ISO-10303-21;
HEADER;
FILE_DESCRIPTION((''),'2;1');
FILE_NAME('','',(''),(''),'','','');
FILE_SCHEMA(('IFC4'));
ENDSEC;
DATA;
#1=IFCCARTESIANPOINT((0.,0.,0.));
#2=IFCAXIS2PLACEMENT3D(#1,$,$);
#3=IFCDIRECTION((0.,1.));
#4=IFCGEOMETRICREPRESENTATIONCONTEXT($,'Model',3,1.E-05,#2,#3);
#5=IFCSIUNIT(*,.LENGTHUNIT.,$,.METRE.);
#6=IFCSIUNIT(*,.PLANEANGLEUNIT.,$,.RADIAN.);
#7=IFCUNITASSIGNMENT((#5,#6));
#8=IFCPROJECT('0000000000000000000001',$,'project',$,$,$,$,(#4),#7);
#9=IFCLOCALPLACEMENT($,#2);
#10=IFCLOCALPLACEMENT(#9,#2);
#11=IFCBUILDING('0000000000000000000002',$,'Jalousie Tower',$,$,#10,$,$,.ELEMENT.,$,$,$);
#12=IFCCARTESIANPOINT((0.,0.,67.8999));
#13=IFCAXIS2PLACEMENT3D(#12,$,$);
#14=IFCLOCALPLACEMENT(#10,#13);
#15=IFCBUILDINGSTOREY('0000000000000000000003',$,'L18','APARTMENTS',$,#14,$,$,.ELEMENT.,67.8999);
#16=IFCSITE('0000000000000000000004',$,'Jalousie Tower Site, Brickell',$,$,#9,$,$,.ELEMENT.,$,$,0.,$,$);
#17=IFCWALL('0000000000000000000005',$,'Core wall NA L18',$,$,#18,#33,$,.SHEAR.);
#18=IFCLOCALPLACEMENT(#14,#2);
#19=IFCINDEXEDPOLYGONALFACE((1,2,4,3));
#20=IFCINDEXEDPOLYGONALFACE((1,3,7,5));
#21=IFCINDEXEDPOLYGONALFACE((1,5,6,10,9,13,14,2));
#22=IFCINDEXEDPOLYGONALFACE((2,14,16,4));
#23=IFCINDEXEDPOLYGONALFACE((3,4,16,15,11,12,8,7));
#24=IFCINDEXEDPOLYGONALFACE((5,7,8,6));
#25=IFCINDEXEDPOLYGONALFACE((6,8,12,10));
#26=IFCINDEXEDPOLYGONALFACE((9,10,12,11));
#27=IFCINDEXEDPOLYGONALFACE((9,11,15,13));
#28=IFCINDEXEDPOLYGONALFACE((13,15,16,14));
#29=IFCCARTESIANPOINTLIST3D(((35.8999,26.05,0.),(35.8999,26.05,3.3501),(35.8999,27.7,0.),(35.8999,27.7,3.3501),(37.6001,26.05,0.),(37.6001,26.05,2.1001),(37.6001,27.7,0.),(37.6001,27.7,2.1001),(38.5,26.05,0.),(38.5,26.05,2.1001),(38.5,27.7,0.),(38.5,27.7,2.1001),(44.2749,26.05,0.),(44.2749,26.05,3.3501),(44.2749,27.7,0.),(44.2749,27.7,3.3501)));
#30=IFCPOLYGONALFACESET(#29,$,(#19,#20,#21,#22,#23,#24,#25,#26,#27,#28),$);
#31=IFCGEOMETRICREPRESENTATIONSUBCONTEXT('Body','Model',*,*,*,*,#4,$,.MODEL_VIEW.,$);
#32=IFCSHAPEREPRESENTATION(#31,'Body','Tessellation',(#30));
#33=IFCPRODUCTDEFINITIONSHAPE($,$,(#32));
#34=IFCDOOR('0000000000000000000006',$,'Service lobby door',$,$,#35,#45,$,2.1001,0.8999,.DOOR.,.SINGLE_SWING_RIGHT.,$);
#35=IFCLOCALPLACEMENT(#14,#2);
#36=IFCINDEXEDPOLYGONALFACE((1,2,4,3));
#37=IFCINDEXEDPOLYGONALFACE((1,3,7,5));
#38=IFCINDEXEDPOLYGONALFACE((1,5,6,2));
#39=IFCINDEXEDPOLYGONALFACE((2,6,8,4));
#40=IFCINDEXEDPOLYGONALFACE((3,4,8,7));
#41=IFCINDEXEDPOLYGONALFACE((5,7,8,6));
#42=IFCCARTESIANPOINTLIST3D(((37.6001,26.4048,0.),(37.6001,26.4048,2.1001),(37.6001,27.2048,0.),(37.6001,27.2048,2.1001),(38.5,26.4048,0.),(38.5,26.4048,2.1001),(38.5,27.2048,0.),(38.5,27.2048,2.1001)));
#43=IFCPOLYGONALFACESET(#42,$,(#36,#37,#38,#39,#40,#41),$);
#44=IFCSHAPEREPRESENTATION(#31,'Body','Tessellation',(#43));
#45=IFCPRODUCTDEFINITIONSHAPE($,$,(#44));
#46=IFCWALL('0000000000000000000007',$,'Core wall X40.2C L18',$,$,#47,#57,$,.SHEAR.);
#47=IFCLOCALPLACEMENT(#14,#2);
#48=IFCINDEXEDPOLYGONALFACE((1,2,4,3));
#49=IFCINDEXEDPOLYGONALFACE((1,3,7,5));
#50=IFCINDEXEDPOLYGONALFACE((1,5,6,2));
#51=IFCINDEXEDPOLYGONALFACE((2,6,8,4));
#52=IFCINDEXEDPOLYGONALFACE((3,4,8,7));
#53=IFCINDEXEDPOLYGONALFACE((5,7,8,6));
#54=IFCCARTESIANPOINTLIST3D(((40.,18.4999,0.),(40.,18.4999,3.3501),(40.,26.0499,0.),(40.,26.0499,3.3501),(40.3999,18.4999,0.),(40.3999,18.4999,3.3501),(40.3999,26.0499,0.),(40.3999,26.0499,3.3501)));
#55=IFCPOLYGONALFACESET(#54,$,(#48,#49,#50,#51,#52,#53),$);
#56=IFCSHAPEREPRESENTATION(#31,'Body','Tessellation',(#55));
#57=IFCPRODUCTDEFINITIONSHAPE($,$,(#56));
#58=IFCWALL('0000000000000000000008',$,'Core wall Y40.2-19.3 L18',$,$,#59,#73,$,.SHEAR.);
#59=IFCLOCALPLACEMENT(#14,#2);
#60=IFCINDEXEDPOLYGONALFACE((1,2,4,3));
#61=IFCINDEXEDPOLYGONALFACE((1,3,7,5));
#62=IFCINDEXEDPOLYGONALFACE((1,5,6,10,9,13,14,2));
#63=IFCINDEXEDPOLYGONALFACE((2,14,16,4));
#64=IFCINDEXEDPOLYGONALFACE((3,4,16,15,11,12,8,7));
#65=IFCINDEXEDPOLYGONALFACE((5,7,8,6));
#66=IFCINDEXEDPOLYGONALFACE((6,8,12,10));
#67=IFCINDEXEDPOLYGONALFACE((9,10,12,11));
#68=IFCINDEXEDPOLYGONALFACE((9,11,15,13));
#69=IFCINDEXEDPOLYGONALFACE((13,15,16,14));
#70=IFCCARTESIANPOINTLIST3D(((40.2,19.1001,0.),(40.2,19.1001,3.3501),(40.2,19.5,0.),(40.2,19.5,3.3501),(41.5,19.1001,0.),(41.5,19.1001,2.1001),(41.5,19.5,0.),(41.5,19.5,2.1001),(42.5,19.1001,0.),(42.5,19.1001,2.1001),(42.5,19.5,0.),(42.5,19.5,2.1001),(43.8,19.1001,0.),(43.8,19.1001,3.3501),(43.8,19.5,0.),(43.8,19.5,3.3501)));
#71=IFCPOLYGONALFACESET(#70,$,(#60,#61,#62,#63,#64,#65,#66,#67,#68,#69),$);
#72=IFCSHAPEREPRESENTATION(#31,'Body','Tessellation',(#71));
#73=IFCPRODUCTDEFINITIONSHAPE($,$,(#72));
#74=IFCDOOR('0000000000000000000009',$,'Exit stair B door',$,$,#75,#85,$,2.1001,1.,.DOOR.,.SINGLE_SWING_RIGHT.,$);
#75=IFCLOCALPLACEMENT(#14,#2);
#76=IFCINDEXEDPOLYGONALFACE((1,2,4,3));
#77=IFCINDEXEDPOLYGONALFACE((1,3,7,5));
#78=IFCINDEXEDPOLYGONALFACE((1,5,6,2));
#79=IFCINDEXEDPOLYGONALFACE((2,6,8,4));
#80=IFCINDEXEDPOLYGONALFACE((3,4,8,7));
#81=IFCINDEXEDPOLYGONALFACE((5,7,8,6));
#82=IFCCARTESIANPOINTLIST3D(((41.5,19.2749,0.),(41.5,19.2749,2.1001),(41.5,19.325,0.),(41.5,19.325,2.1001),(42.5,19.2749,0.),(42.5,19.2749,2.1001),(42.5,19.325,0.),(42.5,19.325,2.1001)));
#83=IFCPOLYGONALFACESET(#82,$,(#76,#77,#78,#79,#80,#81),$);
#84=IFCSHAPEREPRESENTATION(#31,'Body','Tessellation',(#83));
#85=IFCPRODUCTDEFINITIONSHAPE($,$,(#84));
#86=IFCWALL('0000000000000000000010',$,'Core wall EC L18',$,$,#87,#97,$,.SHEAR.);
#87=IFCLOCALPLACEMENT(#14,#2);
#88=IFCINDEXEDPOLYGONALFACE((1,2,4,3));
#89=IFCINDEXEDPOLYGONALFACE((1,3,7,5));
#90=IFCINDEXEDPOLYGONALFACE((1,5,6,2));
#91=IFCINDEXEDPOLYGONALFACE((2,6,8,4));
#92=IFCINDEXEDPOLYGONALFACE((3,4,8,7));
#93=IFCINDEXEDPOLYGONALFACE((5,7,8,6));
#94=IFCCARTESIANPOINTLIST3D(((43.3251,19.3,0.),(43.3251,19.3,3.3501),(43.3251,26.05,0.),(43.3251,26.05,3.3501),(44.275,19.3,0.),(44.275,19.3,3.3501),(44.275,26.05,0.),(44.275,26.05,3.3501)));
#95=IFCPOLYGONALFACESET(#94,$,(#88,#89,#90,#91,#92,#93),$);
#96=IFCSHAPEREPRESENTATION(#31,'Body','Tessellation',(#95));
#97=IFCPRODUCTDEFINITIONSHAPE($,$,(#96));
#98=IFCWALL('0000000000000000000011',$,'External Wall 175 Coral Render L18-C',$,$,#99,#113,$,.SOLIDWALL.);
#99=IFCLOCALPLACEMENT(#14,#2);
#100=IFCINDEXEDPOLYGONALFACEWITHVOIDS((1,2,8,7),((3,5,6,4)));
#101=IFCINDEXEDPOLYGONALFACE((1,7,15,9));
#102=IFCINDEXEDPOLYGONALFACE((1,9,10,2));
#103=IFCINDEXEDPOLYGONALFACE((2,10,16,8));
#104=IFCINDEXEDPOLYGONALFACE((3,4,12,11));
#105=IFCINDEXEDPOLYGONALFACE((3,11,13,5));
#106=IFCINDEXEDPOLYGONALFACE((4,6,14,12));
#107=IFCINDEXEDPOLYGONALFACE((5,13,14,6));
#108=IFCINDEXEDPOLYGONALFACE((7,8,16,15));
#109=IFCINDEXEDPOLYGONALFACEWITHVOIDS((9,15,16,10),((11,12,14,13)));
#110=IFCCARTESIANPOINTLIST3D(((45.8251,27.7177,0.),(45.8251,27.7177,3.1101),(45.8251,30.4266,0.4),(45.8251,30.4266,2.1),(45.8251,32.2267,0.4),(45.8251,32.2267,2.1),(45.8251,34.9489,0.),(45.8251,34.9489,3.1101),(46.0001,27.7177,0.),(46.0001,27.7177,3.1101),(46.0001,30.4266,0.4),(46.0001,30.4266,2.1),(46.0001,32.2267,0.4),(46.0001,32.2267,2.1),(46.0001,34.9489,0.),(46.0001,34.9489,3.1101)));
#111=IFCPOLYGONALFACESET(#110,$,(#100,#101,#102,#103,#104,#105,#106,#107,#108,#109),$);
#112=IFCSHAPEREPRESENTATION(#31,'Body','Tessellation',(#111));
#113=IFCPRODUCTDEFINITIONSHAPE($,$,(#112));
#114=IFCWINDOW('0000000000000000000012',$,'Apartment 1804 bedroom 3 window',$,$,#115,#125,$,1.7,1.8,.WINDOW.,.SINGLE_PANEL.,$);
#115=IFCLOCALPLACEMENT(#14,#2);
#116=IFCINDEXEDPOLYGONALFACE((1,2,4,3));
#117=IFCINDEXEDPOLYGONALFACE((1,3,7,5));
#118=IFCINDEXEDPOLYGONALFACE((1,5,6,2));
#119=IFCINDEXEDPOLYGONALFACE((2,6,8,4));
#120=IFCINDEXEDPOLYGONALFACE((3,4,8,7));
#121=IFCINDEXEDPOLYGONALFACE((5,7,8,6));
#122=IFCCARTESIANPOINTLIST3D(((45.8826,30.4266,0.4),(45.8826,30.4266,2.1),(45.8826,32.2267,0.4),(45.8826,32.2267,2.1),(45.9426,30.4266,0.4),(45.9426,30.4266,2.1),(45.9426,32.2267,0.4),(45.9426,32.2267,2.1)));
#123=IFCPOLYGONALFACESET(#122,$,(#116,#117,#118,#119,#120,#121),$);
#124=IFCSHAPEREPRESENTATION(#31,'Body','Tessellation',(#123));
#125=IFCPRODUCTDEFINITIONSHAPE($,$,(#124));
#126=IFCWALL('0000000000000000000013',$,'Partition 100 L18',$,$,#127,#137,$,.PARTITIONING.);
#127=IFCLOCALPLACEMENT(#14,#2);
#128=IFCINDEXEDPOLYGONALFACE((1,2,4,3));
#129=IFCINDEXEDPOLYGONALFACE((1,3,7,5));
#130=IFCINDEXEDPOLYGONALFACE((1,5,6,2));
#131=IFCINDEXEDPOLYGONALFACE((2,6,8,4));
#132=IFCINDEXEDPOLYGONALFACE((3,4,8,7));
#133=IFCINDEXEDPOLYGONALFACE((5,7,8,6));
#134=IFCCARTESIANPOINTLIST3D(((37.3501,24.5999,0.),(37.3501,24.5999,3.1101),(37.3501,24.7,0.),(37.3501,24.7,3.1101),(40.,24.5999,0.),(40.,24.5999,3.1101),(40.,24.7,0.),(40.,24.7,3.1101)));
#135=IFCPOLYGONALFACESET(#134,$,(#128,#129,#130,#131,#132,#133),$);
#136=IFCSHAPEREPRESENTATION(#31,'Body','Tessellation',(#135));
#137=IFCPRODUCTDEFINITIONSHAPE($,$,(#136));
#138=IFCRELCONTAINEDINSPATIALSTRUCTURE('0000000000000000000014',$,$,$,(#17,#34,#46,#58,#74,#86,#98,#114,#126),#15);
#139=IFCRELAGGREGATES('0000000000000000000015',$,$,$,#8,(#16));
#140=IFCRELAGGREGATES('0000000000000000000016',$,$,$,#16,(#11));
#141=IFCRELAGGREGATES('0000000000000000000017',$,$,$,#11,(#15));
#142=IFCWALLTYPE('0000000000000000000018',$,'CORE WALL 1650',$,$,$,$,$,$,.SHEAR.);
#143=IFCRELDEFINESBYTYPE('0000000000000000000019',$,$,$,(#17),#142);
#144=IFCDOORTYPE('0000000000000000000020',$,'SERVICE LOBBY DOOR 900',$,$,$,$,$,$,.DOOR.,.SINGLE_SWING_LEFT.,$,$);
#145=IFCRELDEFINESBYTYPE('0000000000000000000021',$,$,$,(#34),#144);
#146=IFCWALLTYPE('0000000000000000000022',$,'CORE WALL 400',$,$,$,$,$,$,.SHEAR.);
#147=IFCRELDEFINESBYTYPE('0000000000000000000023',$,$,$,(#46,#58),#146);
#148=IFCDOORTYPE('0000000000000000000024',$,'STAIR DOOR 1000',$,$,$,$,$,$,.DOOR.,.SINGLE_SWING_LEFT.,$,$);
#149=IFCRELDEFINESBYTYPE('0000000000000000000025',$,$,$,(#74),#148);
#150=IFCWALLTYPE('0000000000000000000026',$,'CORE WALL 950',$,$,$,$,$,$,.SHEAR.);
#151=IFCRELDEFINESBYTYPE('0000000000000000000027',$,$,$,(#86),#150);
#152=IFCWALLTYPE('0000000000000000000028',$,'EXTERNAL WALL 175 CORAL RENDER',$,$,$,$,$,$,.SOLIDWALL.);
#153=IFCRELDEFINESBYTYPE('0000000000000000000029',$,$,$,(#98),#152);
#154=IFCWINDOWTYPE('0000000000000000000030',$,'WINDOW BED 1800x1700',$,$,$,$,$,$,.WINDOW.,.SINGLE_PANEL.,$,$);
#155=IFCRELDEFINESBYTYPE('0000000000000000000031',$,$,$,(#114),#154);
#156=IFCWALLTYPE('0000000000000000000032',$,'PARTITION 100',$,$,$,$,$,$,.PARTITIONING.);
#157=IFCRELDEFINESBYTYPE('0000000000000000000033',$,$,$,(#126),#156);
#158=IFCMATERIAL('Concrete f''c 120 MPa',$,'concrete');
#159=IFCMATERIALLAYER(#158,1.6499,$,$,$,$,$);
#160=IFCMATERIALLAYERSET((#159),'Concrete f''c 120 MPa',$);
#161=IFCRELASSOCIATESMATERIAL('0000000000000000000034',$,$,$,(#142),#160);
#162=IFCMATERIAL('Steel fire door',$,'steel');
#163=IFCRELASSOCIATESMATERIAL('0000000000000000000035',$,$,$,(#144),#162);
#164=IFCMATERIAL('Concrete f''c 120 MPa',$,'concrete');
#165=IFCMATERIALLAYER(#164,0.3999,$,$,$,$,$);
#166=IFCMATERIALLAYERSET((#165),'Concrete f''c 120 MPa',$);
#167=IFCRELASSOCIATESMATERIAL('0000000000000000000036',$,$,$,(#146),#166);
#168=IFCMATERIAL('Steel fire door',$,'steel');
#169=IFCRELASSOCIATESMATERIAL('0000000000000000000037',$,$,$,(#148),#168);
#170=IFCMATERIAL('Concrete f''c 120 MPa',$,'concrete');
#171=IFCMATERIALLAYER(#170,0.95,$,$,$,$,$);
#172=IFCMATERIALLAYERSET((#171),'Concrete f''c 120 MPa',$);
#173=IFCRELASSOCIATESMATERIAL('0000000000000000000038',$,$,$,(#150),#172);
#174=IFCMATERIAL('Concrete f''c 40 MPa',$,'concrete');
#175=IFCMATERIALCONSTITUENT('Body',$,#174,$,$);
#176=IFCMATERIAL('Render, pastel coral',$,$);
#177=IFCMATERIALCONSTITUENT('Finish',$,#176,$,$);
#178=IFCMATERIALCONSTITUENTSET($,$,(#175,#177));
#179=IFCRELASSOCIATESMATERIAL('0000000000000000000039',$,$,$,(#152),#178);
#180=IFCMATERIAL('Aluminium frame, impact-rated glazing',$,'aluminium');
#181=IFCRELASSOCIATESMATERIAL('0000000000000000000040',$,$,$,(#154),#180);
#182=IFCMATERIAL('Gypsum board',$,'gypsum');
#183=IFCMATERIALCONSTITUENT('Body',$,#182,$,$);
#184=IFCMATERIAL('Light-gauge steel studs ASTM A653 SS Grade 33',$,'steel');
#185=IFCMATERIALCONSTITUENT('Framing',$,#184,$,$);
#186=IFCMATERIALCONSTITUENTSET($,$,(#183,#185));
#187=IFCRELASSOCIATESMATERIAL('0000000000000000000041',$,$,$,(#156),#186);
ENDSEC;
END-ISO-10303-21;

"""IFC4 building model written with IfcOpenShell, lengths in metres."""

from ifc_helpers import new_model, si_unit, direction, frame, frame_2d, origin, place, context, subcontext, project, spatial, rectangle, extrude, material, layer, layer_set, constituent, constituent_set, type_object, element, fill, save


model = new_model("IFC4")

# Units and contexts
model_context = context("Model", 3, precision=1e-05, world=origin(), true_north=direction((0.0, 1.0)))
body_context = subcontext(model_context, "Body", "Model", "MODEL_VIEW")
ifc_project = project(units=[si_unit("LENGTHUNIT", "METRE"), si_unit("PLANEANGLEUNIT", "RADIAN")], contexts=[model_context])

# Site, building, storey
site_placement = place(None, origin())
site = spatial("IfcSite", under=ifc_project, at=site_placement, Name="Jalousie Tower Site, Brickell", CompositionType="ELEMENT", RefElevation=0.0)
building_placement = place(site_placement, origin())
building = spatial("IfcBuilding", under=site, at=building_placement, Name="Jalousie Tower", CompositionType="ELEMENT")
storey_placement = place(building_placement, frame((0.0, 0.0, 67.8999)))
storey = spatial("IfcBuildingStorey", under=building, at=storey_placement, Name="L18", Description="APARTMENTS", CompositionType="ELEMENT", Elevation=67.8999)

# Wall, opening, door
ifc_material_1 = material(Name="Concrete f'c 120 MPa", Category="concrete")
ifc_layer_1 = layer(ifc_material_1, 1.6499)
ifc_layer_set_1 = layer_set([ifc_layer_1], Name="Concrete f'c 120 MPa")
wall_type_1 = type_object("IfcWallType", Name="CORE WALL 1650", PredefinedType="SHEAR", material=ifc_layer_set_1)
wall_1_placement = place(storey_placement, frame((44.2749, 26.875, 0.0), z_axis=(0.0, 0.0, 1.0), x_axis=(-1.0, 0.0, 0.0)))
wall_1 = element("IfcWall", 1, at=wall_1_placement, inside=storey, type_object=wall_type_1, Name="Core wall NA L18", PredefinedType="SHEAR", context=body_context, shape_type="SweptSolid", body=[
    extrude(rectangle(XDim=8.375, YDim=1.6499, at=frame_2d((4.1875, 0.0))), origin(), (0.0, 0.0, 1.0), 3.3501),
])
opening_1_placement = place(wall_1_placement, frame((5.7749, 0.0, 0.0)))
opening_1 = element("IfcOpeningElement", 2, at=opening_1_placement, cuts=wall_1, PredefinedType="OPENING", context=body_context, shape_type="SweptSolid", body=[
    extrude(rectangle(XDim=0.8999, YDim=2.1001, at=frame_2d((0.45, 1.05))), frame((0.0, 0.835, 0.0), z_axis=(0.0, -1.0, 0.0), x_axis=(1.0, 0.0, 0.0)), (0.0, 0.0, 1.0), 1.6699),
])
ifc_material_2 = material(Name="Steel fire door", Category="steel")
door_type_1 = type_object("IfcDoorType", Name="SERVICE LOBBY DOOR 900", OperationType="SINGLE_SWING_LEFT", PredefinedType="DOOR", material=ifc_material_2)
door_1_placement = place(opening_1_placement, origin())
door_1 = element("IfcDoor", 3, at=door_1_placement, inside=storey, type_object=door_type_1, Name="Service lobby door", OperationType="SINGLE_SWING_RIGHT", OverallHeight=2.1001, OverallWidth=0.8999, PredefinedType="DOOR", context=body_context, shape_type="SweptSolid", body=[
    extrude(rectangle(XDim=0.8999, YDim=2.1001, at=frame_2d((0.45, 1.05))), frame((0.0, 0.4702, 0.0), z_axis=(0.0, -1.0, 0.0), x_axis=(1.0, 0.0, 0.0)), (0.0, 0.0, 1.0), 0.8),
])
fill(opening_1, door_1)

# Wall
ifc_material_3 = material(Name="Concrete f'c 120 MPa", Category="concrete")
ifc_layer_2 = layer(ifc_material_3, 0.3999)
ifc_layer_set_2 = layer_set([ifc_layer_2], Name="Concrete f'c 120 MPa")
wall_type_2 = type_object("IfcWallType", Name="CORE WALL 400", PredefinedType="SHEAR", material=ifc_layer_set_2)
wall_2_placement = place(storey_placement, frame((40.2, 18.5, 0.0), z_axis=(0.0, 0.0, 1.0), x_axis=(0.0, 1.0, 0.0)))
element("IfcWall", 4, at=wall_2_placement, inside=storey, type_object=wall_type_2, Name="Core wall X40.2C L18", PredefinedType="SHEAR", context=body_context, shape_type="SweptSolid", body=[
    extrude(rectangle(XDim=7.55, YDim=0.3999, at=frame_2d((3.7749, 0.0))), origin(), (0.0, 0.0, 1.0), 3.3501),
])

# Wall, opening, door
wall_3_placement = place(storey_placement, frame((40.2, 19.3, 0.0), z_axis=(0.0, 0.0, 1.0), x_axis=(1.0, 0.0, 0.0)))
wall_3 = element("IfcWall", 5, at=wall_3_placement, inside=storey, type_object=wall_type_2, Name="Core wall Y40.2-19.3 L18", PredefinedType="SHEAR", context=body_context, shape_type="SweptSolid", body=[
    extrude(rectangle(XDim=3.6001, YDim=0.3999, at=frame_2d((1.8, 0.0))), origin(), (0.0, 0.0, 1.0), 3.3501),
])
opening_2_placement = place(wall_3_placement, frame((1.3, 0.0, 0.0)))
opening_2 = element("IfcOpeningElement", 6, at=opening_2_placement, cuts=wall_3, PredefinedType="OPENING", context=body_context, shape_type="SweptSolid", body=[
    extrude(rectangle(XDim=1.0, YDim=2.1001, at=frame_2d((0.5, 1.05))), frame((0.0, 0.21, 0.0), z_axis=(0.0, -1.0, 0.0), x_axis=(1.0, 0.0, 0.0)), (0.0, 0.0, 1.0), 0.4199),
])
ifc_material_4 = material(Name="Steel fire door", Category="steel")
door_type_2 = type_object("IfcDoorType", Name="STAIR DOOR 1000", OperationType="SINGLE_SWING_LEFT", PredefinedType="DOOR", material=ifc_material_4)
door_2_placement = place(opening_2_placement, origin())
door_2 = element("IfcDoor", 7, at=door_2_placement, inside=storey, type_object=door_type_2, Name="Exit stair B door", OperationType="SINGLE_SWING_RIGHT", OverallHeight=2.1001, OverallWidth=1.0, PredefinedType="DOOR", context=body_context, shape_type="SweptSolid", body=[
    extrude(rectangle(XDim=1.0, YDim=2.1001, at=frame_2d((0.5, 1.05))), frame((0.0, 0.0249, 0.0), z_axis=(0.0, -1.0, 0.0), x_axis=(1.0, 0.0, 0.0)), (0.0, 0.0, 1.0), 0.05),
])
fill(opening_2, door_2)

# Wall
ifc_material_5 = material(Name="Concrete f'c 120 MPa", Category="concrete")
ifc_layer_3 = layer(ifc_material_5, 0.95)
ifc_layer_set_3 = layer_set([ifc_layer_3], Name="Concrete f'c 120 MPa")
wall_type_3 = type_object("IfcWallType", Name="CORE WALL 950", PredefinedType="SHEAR", material=ifc_layer_set_3)
wall_4_placement = place(storey_placement, frame((43.8, 19.3, 0.0), z_axis=(0.0, 0.0, 1.0), x_axis=(0.0, 1.0, 0.0)))
element("IfcWall", 8, at=wall_4_placement, inside=storey, type_object=wall_type_3, Name="Core wall EC L18", PredefinedType="SHEAR", context=body_context, shape_type="SweptSolid", body=[
    extrude(rectangle(XDim=6.75, YDim=0.95, at=frame_2d((3.375, 0.0))), origin(), (0.0, 0.0, 1.0), 3.3501),
])

# Wall, opening, window
ifc_material_6 = material(Name="Concrete f'c 40 MPa", Category="concrete")
ifc_constituent_1 = constituent(ifc_material_6, Name="Body")
ifc_material_7 = material(Name="Render, pastel coral")
ifc_constituent_2 = constituent(ifc_material_7, Name="Finish")
ifc_constituent_set_1 = constituent_set(constituents=[ifc_constituent_1, ifc_constituent_2])
wall_type_4 = type_object("IfcWallType", Name="EXTERNAL WALL 175 CORAL RENDER", PredefinedType="SOLIDWALL", material=ifc_constituent_set_1)
wall_5_placement = place(storey_placement, frame((45.9126, 27.7175, 0.0), z_axis=(0.0, 0.0, 1.0), x_axis=(0.0, 1.0, 0.0)))
wall_5 = element("IfcWall", 9, at=wall_5_placement, inside=storey, type_object=wall_type_4, Name="External Wall 175 Coral Render L18-C", PredefinedType="SOLIDWALL", context=body_context, shape_type="SweptSolid", body=[
    extrude(rectangle(XDim=7.2312, YDim=0.175, at=frame_2d((3.6157, 0.0))), origin(), (0.0, 0.0, 1.0), 3.1101),
])
opening_3_placement = place(wall_5_placement, frame((2.7092, 0.0, 0.3999)))
opening_3 = element("IfcOpeningElement", 10, at=opening_3_placement, cuts=wall_5, PredefinedType="OPENING", context=body_context, shape_type="SweptSolid", body=[
    extrude(rectangle(XDim=1.8, YDim=1.7, at=frame_2d((0.8999, 0.8501))), frame((0.0, 0.0974, 0.0), z_axis=(0.0, -1.0, 0.0), x_axis=(1.0, 0.0, 0.0)), (0.0, 0.0, 1.0), 0.1951),
])
ifc_material_8 = material(Name="Aluminium frame, impact-rated glazing", Category="aluminium")
window_type = type_object("IfcWindowType", Name="WINDOW BED 1800x1700", PartitioningType="SINGLE_PANEL", PredefinedType="WINDOW", material=ifc_material_8)
window_placement = place(opening_3_placement, origin())
window = element("IfcWindow", 11, at=window_placement, inside=storey, type_object=window_type, Name="Apartment 1804 bedroom 3 window", OverallHeight=1.7, OverallWidth=1.8, PartitioningType="SINGLE_PANEL", PredefinedType="WINDOW", context=body_context, shape_type="SweptSolid", body=[
    extrude(rectangle(XDim=1.8, YDim=1.7, at=frame_2d((0.8999, 0.8501))), frame((0.0, 0.03, 0.0), z_axis=(0.0, -1.0, 0.0), x_axis=(1.0, 0.0, 0.0)), (0.0, 0.0, 1.0), 0.0601),
])
fill(opening_3, window)

# Wall
ifc_material_9 = material(Name="Gypsum board", Category="gypsum")
ifc_constituent_3 = constituent(ifc_material_9, Name="Body")
ifc_material_10 = material(Name="Light-gauge steel studs ASTM A653 SS Grade 33", Category="steel")
ifc_constituent_4 = constituent(ifc_material_10, Name="Framing")
ifc_constituent_set_2 = constituent_set(constituents=[ifc_constituent_3, ifc_constituent_4])
wall_type_5 = type_object("IfcWallType", Name="PARTITION 100", PredefinedType="PARTITIONING", material=ifc_constituent_set_2)
wall_6_placement = place(storey_placement, frame((37.3501, 24.6499, 0.0), z_axis=(0.0, 0.0, 1.0), x_axis=(1.0, 0.0, 0.0)))
element("IfcWall", 12, at=wall_6_placement, inside=storey, type_object=wall_type_5, Name="Partition 100 L18", PredefinedType="PARTITIONING", context=body_context, shape_type="SweptSolid", body=[
    extrude(rectangle(XDim=2.6499, YDim=0.1001, at=frame_2d((1.325, 0.0))), origin(), (0.0, 0.0, 1.0), 3.1101),
])

save(model, "model.ifc")
